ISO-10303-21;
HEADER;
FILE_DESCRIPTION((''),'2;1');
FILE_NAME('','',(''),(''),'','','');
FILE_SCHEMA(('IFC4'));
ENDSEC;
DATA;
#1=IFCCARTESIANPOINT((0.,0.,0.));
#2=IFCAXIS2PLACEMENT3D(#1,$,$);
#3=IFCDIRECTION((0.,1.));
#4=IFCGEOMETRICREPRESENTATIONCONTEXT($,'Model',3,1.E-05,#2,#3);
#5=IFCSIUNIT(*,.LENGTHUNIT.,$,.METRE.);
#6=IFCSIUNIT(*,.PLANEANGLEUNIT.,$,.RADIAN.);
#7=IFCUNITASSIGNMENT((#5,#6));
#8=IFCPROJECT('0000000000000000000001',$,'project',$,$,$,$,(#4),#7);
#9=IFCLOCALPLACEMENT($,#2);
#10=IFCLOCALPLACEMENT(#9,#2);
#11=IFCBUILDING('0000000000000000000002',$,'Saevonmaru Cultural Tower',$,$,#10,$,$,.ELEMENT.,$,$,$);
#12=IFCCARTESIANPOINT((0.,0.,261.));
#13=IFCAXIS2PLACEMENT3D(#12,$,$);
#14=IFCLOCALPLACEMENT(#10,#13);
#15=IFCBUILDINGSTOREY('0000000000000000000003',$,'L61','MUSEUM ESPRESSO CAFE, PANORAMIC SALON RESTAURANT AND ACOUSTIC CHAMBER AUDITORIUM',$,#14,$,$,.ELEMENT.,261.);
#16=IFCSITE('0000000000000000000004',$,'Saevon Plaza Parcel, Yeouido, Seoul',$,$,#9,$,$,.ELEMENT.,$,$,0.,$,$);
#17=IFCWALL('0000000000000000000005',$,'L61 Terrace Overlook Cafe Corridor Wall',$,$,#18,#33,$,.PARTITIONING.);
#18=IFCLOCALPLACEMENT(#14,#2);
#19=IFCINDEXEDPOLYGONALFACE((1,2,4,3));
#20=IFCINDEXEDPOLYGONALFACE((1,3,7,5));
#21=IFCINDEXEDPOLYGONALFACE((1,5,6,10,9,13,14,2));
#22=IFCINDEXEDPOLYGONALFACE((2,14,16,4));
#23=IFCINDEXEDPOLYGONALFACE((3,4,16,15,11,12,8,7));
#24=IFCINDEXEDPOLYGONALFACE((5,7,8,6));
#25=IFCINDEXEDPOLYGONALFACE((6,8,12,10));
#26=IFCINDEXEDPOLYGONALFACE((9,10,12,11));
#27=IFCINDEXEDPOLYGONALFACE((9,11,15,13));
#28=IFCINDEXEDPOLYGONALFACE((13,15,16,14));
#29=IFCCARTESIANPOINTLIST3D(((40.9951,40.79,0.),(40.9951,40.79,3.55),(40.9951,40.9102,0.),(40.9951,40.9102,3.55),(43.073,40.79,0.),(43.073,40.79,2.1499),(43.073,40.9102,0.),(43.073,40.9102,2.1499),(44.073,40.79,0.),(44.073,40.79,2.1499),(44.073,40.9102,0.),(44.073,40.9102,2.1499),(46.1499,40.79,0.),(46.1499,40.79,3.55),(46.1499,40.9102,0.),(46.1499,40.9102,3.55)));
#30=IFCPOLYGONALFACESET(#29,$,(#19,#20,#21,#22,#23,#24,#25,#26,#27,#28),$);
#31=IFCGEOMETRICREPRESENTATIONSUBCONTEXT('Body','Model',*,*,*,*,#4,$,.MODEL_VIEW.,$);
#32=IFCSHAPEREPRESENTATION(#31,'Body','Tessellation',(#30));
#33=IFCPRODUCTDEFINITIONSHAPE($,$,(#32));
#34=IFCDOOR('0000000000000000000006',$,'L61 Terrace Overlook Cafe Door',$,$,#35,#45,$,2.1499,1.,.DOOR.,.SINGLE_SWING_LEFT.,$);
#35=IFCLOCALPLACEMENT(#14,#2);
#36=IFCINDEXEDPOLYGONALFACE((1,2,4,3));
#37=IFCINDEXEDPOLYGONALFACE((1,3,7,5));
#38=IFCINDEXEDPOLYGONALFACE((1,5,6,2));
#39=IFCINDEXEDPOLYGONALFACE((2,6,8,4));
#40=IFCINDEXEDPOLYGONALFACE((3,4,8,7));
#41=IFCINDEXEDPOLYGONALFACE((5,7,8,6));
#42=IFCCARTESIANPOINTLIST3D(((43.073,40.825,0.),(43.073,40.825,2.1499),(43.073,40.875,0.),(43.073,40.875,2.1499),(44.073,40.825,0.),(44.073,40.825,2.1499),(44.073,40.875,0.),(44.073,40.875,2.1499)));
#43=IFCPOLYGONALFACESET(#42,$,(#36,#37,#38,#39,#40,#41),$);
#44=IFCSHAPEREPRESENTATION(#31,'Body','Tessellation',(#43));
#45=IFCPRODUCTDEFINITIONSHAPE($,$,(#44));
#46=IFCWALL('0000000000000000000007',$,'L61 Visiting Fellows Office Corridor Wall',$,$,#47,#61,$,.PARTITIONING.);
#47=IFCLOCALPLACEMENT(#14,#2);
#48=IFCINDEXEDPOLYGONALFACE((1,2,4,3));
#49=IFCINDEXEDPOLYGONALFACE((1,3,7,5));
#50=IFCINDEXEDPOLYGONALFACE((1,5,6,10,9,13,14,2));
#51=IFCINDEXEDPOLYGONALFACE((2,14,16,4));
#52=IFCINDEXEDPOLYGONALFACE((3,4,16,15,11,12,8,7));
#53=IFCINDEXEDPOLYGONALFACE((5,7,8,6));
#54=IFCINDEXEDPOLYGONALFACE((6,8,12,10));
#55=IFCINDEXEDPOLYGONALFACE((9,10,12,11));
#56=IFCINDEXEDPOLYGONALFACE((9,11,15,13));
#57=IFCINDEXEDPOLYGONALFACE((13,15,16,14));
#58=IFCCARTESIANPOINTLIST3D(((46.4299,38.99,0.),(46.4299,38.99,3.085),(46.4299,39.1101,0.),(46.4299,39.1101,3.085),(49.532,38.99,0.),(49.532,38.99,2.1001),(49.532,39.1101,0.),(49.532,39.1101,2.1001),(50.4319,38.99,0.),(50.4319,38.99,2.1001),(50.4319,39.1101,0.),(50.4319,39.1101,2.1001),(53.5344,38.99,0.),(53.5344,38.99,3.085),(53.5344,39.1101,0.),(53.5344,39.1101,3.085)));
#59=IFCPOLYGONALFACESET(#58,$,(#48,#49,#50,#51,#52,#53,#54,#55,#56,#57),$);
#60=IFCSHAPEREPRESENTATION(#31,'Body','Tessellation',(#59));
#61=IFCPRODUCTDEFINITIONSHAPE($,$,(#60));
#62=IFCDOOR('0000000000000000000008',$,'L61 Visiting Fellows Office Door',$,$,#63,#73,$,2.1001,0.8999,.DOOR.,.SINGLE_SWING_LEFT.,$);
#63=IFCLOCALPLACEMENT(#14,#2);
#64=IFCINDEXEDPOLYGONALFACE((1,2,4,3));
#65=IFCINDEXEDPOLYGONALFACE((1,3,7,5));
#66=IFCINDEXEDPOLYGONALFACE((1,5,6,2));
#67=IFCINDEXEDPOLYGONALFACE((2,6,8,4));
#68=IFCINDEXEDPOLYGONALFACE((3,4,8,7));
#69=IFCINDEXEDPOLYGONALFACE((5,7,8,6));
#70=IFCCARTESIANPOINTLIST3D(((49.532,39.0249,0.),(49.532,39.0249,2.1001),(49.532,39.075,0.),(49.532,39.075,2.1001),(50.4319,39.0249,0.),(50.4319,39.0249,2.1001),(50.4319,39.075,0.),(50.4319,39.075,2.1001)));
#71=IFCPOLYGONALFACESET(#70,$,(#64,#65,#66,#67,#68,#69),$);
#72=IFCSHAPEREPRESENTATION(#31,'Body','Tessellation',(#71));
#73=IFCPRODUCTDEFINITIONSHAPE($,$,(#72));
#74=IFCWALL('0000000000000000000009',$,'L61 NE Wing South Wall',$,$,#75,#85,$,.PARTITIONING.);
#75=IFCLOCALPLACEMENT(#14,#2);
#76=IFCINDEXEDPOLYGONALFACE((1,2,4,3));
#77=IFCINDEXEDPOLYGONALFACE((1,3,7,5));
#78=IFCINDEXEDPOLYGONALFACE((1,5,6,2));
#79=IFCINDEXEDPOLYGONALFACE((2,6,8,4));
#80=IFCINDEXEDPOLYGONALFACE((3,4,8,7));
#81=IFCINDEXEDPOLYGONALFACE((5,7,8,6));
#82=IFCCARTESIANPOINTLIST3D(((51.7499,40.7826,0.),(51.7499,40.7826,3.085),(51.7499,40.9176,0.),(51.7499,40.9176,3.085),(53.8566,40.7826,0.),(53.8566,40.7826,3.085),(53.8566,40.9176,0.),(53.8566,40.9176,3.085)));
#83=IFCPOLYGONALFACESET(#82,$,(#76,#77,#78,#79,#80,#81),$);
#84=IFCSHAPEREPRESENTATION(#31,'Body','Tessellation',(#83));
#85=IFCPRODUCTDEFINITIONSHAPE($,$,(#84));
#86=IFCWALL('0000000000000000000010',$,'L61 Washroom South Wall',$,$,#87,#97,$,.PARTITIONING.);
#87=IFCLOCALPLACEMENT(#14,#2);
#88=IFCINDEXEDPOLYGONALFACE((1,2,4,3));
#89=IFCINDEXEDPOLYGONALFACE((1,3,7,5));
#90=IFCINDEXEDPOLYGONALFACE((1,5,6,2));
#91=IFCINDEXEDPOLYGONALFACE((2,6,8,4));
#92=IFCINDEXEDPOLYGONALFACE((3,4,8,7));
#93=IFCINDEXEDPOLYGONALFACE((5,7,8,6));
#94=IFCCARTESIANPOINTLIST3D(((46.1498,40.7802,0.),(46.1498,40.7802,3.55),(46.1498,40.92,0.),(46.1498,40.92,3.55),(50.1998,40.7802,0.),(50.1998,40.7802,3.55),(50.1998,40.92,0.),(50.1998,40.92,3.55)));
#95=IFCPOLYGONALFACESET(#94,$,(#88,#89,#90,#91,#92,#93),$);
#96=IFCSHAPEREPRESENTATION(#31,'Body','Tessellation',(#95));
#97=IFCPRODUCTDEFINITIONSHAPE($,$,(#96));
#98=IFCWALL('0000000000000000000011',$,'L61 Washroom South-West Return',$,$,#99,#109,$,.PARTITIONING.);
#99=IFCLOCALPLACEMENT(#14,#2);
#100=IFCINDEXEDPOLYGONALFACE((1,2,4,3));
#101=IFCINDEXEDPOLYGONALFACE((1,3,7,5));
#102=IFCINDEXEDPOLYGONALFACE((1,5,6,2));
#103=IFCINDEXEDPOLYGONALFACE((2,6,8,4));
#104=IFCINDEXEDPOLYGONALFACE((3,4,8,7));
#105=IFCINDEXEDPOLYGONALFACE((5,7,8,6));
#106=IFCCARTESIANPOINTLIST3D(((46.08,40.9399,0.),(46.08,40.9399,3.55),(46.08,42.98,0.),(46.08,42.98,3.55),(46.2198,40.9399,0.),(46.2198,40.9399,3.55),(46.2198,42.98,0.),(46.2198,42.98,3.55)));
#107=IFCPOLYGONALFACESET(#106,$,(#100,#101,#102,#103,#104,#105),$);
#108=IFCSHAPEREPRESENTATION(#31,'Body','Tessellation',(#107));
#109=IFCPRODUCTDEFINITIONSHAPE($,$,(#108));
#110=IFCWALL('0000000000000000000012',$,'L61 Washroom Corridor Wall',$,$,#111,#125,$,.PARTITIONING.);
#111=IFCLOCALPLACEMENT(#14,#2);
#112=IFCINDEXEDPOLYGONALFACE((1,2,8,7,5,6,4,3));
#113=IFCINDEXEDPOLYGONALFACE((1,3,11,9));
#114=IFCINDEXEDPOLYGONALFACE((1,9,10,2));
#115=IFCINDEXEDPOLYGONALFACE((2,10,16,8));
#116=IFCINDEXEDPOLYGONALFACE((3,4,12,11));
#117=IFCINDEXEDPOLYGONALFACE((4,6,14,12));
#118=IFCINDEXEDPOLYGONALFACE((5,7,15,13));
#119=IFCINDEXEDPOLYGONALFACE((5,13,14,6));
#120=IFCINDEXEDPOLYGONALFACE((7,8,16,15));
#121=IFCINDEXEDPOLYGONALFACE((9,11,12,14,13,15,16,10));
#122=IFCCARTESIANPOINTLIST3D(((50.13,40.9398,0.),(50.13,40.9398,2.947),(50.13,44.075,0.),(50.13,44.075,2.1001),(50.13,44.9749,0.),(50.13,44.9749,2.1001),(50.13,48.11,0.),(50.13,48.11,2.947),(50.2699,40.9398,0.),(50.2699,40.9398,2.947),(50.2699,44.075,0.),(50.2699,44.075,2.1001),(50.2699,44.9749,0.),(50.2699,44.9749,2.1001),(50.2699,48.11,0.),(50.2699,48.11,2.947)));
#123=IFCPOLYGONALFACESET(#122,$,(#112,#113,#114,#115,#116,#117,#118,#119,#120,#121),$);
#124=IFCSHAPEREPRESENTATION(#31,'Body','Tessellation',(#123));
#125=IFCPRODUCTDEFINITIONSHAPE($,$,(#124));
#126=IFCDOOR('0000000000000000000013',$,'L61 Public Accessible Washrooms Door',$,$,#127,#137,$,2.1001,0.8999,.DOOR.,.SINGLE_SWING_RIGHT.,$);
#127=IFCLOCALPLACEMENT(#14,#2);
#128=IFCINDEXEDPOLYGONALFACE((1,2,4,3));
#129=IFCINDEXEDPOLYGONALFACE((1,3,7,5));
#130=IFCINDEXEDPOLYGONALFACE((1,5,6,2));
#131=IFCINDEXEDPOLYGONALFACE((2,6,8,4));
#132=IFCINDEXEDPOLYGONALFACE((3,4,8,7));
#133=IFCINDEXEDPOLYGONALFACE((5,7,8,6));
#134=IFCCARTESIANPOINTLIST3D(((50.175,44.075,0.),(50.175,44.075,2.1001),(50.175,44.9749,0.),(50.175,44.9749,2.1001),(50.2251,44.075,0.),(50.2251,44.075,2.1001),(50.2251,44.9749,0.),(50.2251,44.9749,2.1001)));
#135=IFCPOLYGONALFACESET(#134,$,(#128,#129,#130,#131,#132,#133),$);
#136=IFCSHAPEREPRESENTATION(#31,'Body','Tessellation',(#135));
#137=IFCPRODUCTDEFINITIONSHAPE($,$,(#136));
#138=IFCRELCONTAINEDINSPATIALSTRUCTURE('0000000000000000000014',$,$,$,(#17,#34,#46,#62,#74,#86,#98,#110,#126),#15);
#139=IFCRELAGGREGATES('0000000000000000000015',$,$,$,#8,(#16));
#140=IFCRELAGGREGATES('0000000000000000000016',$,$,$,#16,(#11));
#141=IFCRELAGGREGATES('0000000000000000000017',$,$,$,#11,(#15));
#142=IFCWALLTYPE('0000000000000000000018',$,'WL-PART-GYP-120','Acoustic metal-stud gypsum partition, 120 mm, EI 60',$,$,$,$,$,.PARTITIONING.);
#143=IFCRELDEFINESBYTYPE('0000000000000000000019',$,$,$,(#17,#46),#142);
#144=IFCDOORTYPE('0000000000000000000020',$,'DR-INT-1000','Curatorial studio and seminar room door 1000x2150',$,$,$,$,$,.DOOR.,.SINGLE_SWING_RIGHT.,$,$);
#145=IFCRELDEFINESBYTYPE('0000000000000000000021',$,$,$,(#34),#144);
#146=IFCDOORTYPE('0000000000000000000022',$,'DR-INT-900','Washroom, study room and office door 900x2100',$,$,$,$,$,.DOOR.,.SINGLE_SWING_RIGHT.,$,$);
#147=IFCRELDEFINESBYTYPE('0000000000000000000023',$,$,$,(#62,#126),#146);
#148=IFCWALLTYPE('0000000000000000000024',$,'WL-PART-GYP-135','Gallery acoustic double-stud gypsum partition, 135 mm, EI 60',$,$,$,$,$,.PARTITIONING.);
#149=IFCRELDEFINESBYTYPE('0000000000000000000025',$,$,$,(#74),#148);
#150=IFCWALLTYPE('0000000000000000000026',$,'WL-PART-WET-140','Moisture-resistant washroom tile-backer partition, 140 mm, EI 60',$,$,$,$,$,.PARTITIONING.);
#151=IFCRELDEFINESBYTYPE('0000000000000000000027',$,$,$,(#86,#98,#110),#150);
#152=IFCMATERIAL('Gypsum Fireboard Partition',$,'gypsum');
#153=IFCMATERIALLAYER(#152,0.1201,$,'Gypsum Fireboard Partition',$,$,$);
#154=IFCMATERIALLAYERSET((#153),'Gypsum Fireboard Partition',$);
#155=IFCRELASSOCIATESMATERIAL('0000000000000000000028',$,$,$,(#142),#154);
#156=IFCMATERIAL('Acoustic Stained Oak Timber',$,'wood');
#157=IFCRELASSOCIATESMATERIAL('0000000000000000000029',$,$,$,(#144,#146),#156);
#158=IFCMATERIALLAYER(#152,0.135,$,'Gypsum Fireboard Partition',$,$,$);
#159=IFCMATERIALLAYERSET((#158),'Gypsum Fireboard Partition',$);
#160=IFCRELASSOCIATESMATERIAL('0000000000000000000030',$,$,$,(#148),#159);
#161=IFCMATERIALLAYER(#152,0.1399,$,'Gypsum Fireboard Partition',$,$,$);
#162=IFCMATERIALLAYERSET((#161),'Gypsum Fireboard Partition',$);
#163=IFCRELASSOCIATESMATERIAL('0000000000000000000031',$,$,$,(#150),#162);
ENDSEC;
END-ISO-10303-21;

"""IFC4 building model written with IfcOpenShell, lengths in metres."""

from ifc_helpers import new_model, si_unit, direction, frame, frame_2d, origin, place, context, subcontext, project, spatial, rectangle, extrude, material, layer, layer_set, type_object, element, fill, save


model = new_model("IFC4")

# Units and contexts
model_context = context("Model", 3, precision=1e-05, world=origin(), true_north=direction((0.0, 1.0)))
body_context = subcontext(model_context, "Body", "Model", "MODEL_VIEW")
ifc_project = project(units=[si_unit("LENGTHUNIT", "METRE"), si_unit("PLANEANGLEUNIT", "RADIAN")], contexts=[model_context])

# Site, building, storey
site_placement = place(None, origin())
site = spatial("IfcSite", under=ifc_project, at=site_placement, Name="Saevon Plaza Parcel, Yeouido, Seoul", CompositionType="ELEMENT", RefElevation=0.0)
building_placement = place(site_placement, origin())
building = spatial("IfcBuilding", under=site, at=building_placement, Name="Saevonmaru Cultural Tower", CompositionType="ELEMENT")
storey_placement = place(building_placement, frame((0.0, 0.0, 261.0)))
storey = spatial("IfcBuildingStorey", under=building, at=storey_placement, Name="L61", Description="MUSEUM ESPRESSO CAFE, PANORAMIC SALON RESTAURANT AND ACOUSTIC CHAMBER AUDITORIUM", CompositionType="ELEMENT", Elevation=261.0)

# Shared definitions
ifc_material_1 = material(Name="Gypsum Fireboard Partition", Category="gypsum")

# Walls, openings, doors
ifc_layer_1 = layer(ifc_material_1, 0.1201, Name="Gypsum Fireboard Partition")
ifc_layer_set_1 = layer_set([ifc_layer_1], Name="Gypsum Fireboard Partition")
wall_type_1 = type_object("IfcWallType", Name="WL-PART-GYP-120", Description="Acoustic metal-stud gypsum partition, 120 mm, EI 60", PredefinedType="PARTITIONING", material=ifc_layer_set_1)
wall_1_placement = place(storey_placement, frame((40.9951, 40.8501, 0.0), z_axis=(0.0, 0.0, 1.0), x_axis=(1.0, 0.0, 0.0)))
wall_1 = element("IfcWall", 1, at=wall_1_placement, inside=storey, type_object=wall_type_1, Name="L61 Terrace Overlook Cafe Corridor Wall", PredefinedType="PARTITIONING", context=body_context, shape_type="SweptSolid", body=[
    extrude(rectangle(XDim=5.1548, YDim=0.1201, at=frame_2d((2.5774, 0.0))), origin(), (0.0, 0.0, 1.0), 3.55),
])
opening_1_placement = place(wall_1_placement, frame((2.0779, 0.0, 0.0)))
opening_1 = element("IfcOpeningElement", 2, at=opening_1_placement, cuts=wall_1, PredefinedType="OPENING", context=body_context, shape_type="SweptSolid", body=[
    extrude(rectangle(XDim=1.0, YDim=2.1499, at=frame_2d((0.5, 1.075))), frame((0.0, 0.0701, 0.0), z_axis=(0.0, -1.0, 0.0), x_axis=(1.0, 0.0, 0.0)), (0.0, 0.0, 1.0), 0.1401),
])
ifc_material_2 = material(Name="Acoustic Stained Oak Timber", Category="wood")
door_type_1 = type_object("IfcDoorType", Name="DR-INT-1000", Description="Curatorial studio and seminar room door 1000x2150", OperationType="SINGLE_SWING_RIGHT", PredefinedType="DOOR", material=ifc_material_2)
door_1_placement = place(opening_1_placement, origin())
door_1 = element("IfcDoor", 3, at=door_1_placement, inside=storey, type_object=door_type_1, Name="L61 Terrace Overlook Cafe Door", OperationType="SINGLE_SWING_LEFT", OverallHeight=2.1499, OverallWidth=1.0, PredefinedType="DOOR", context=body_context, shape_type="SweptSolid", body=[
    extrude(rectangle(XDim=1.0, YDim=2.1499, at=frame_2d((0.5, 1.075))), frame((0.0, 0.0249, 0.0), z_axis=(0.0, -1.0, 0.0), x_axis=(1.0, 0.0, 0.0)), (0.0, 0.0, 1.0), 0.05),
])
fill(opening_1, door_1)
wall_2_placement = place(storey_placement, frame((46.4299, 39.05, 0.0), z_axis=(0.0, 0.0, 1.0), x_axis=(1.0, 0.0, 0.0)))
wall_2 = element("IfcWall", 4, at=wall_2_placement, inside=storey, type_object=wall_type_1, Name="L61 Visiting Fellows Office Corridor Wall", PredefinedType="PARTITIONING", context=body_context, shape_type="SweptSolid", body=[
    extrude(rectangle(XDim=7.1045, YDim=0.1201, at=frame_2d((3.5522, 0.0))), origin(), (0.0, 0.0, 1.0), 3.085),
])
opening_2_placement = place(wall_2_placement, frame((3.1021, 0.0, 0.0)))
opening_2 = element("IfcOpeningElement", 5, at=opening_2_placement, cuts=wall_2, PredefinedType="OPENING", context=body_context, shape_type="SweptSolid", body=[
    extrude(rectangle(XDim=0.8999, YDim=2.1001, at=frame_2d((0.45, 1.05))), frame((0.0, 0.0701, 0.0), z_axis=(0.0, -1.0, 0.0), x_axis=(1.0, 0.0, 0.0)), (0.0, 0.0, 1.0), 0.1401),
])
door_type_2 = type_object("IfcDoorType", Name="DR-INT-900", Description="Washroom, study room and office door 900x2100", OperationType="SINGLE_SWING_RIGHT", PredefinedType="DOOR", material=ifc_material_2)
door_2_placement = place(opening_2_placement, origin())
door_2 = element("IfcDoor", 6, at=door_2_placement, inside=storey, type_object=door_type_2, Name="L61 Visiting Fellows Office Door", OperationType="SINGLE_SWING_LEFT", OverallHeight=2.1001, OverallWidth=0.8999, PredefinedType="DOOR", context=body_context, shape_type="SweptSolid", body=[
    extrude(rectangle(XDim=0.8999, YDim=2.1001, at=frame_2d((0.45, 1.05))), frame((0.0, 0.0249, 0.0), z_axis=(0.0, -1.0, 0.0), x_axis=(1.0, 0.0, 0.0)), (0.0, 0.0, 1.0), 0.05),
])
fill(opening_2, door_2)

# Walls
ifc_layer_2 = layer(ifc_material_1, 0.135, Name="Gypsum Fireboard Partition")
ifc_layer_set_2 = layer_set([ifc_layer_2], Name="Gypsum Fireboard Partition")
wall_type_2 = type_object("IfcWallType", Name="WL-PART-GYP-135", Description="Gallery acoustic double-stud gypsum partition, 135 mm, EI 60", PredefinedType="PARTITIONING", material=ifc_layer_set_2)
wall_3_placement = place(storey_placement, frame((51.75, 40.8501, 0.0), z_axis=(0.0, 0.0, 1.0), x_axis=(1.0, 0.0, 0.0)))
element("IfcWall", 7, at=wall_3_placement, inside=storey, type_object=wall_type_2, Name="L61 NE Wing South Wall", PredefinedType="PARTITIONING", context=body_context, shape_type="SweptSolid", body=[
    extrude(rectangle(XDim=2.1067, YDim=0.135, at=frame_2d((1.0532, 0.0))), origin(), (0.0, 0.0, 1.0), 3.085),
])
ifc_layer_3 = layer(ifc_material_1, 0.1399, Name="Gypsum Fireboard Partition")
ifc_layer_set_3 = layer_set([ifc_layer_3], Name="Gypsum Fireboard Partition")
wall_type_3 = type_object("IfcWallType", Name="WL-PART-WET-140", Description="Moisture-resistant washroom tile-backer partition, 140 mm, EI 60", PredefinedType="PARTITIONING", material=ifc_layer_set_3)
wall_4_placement = place(storey_placement, frame((46.1499, 40.8501, 0.0), z_axis=(0.0, 0.0, 1.0), x_axis=(1.0, 0.0, 0.0)))
element("IfcWall", 8, at=wall_4_placement, inside=storey, type_object=wall_type_3, Name="L61 Washroom South Wall", PredefinedType="PARTITIONING", context=body_context, shape_type="SweptSolid", body=[
    extrude(rectangle(XDim=4.05, YDim=0.1399, at=frame_2d((2.0249, 0.0))), origin(), (0.0, 0.0, 1.0), 3.55),
])
wall_5_placement = place(storey_placement, frame((46.1499, 40.9399, 0.0), z_axis=(0.0, 0.0, 1.0), x_axis=(0.0, 1.0, 0.0)))
element("IfcWall", 9, at=wall_5_placement, inside=storey, type_object=wall_type_3, Name="L61 Washroom South-West Return", PredefinedType="PARTITIONING", context=body_context, shape_type="SweptSolid", body=[
    extrude(rectangle(XDim=2.04, YDim=0.1399, at=frame_2d((1.02, 0.0))), origin(), (0.0, 0.0, 1.0), 3.55),
])

# Wall, opening, door
wall_6_placement = place(storey_placement, frame((50.2, 40.9399, 0.0), z_axis=(0.0, 0.0, 1.0), x_axis=(0.0, 1.0, 0.0)))
wall_6 = element("IfcWall", 10, at=wall_6_placement, inside=storey, type_object=wall_type_3, Name="L61 Washroom Corridor Wall", PredefinedType="PARTITIONING", context=body_context, shape_type="SweptSolid", body=[
    extrude(rectangle(XDim=7.1702, YDim=0.1399, at=frame_2d((3.585, 0.0))), origin(), (0.0, 0.0, 1.0), 2.947),
])
opening_3_placement = place(wall_6_placement, frame((3.135, 0.0, 0.0)))
opening_3 = element("IfcOpeningElement", 11, at=opening_3_placement, cuts=wall_6, PredefinedType="OPENING", context=body_context, shape_type="SweptSolid", body=[
    extrude(rectangle(XDim=0.8999, YDim=2.1001, at=frame_2d((0.45, 1.05))), frame((0.0, 0.0801, 0.0), z_axis=(0.0, -1.0, 0.0), x_axis=(1.0, 0.0, 0.0)), (0.0, 0.0, 1.0), 0.1599),
])
door_3_placement = place(opening_3_placement, origin())
door_3 = element("IfcDoor", 12, at=door_3_placement, inside=storey, type_object=door_type_2, Name="L61 Public Accessible Washrooms Door", OperationType="SINGLE_SWING_RIGHT", OverallHeight=2.1001, OverallWidth=0.8999, PredefinedType="DOOR", context=body_context, shape_type="SweptSolid", body=[
    extrude(rectangle(XDim=0.8999, YDim=2.1001, at=frame_2d((0.45, 1.05))), frame((0.0, 0.0249, 0.0), z_axis=(0.0, -1.0, 0.0), x_axis=(1.0, 0.0, 0.0)), (0.0, 0.0, 1.0), 0.05),
])
fill(opening_3, door_3)

save(model, "model.ifc")
